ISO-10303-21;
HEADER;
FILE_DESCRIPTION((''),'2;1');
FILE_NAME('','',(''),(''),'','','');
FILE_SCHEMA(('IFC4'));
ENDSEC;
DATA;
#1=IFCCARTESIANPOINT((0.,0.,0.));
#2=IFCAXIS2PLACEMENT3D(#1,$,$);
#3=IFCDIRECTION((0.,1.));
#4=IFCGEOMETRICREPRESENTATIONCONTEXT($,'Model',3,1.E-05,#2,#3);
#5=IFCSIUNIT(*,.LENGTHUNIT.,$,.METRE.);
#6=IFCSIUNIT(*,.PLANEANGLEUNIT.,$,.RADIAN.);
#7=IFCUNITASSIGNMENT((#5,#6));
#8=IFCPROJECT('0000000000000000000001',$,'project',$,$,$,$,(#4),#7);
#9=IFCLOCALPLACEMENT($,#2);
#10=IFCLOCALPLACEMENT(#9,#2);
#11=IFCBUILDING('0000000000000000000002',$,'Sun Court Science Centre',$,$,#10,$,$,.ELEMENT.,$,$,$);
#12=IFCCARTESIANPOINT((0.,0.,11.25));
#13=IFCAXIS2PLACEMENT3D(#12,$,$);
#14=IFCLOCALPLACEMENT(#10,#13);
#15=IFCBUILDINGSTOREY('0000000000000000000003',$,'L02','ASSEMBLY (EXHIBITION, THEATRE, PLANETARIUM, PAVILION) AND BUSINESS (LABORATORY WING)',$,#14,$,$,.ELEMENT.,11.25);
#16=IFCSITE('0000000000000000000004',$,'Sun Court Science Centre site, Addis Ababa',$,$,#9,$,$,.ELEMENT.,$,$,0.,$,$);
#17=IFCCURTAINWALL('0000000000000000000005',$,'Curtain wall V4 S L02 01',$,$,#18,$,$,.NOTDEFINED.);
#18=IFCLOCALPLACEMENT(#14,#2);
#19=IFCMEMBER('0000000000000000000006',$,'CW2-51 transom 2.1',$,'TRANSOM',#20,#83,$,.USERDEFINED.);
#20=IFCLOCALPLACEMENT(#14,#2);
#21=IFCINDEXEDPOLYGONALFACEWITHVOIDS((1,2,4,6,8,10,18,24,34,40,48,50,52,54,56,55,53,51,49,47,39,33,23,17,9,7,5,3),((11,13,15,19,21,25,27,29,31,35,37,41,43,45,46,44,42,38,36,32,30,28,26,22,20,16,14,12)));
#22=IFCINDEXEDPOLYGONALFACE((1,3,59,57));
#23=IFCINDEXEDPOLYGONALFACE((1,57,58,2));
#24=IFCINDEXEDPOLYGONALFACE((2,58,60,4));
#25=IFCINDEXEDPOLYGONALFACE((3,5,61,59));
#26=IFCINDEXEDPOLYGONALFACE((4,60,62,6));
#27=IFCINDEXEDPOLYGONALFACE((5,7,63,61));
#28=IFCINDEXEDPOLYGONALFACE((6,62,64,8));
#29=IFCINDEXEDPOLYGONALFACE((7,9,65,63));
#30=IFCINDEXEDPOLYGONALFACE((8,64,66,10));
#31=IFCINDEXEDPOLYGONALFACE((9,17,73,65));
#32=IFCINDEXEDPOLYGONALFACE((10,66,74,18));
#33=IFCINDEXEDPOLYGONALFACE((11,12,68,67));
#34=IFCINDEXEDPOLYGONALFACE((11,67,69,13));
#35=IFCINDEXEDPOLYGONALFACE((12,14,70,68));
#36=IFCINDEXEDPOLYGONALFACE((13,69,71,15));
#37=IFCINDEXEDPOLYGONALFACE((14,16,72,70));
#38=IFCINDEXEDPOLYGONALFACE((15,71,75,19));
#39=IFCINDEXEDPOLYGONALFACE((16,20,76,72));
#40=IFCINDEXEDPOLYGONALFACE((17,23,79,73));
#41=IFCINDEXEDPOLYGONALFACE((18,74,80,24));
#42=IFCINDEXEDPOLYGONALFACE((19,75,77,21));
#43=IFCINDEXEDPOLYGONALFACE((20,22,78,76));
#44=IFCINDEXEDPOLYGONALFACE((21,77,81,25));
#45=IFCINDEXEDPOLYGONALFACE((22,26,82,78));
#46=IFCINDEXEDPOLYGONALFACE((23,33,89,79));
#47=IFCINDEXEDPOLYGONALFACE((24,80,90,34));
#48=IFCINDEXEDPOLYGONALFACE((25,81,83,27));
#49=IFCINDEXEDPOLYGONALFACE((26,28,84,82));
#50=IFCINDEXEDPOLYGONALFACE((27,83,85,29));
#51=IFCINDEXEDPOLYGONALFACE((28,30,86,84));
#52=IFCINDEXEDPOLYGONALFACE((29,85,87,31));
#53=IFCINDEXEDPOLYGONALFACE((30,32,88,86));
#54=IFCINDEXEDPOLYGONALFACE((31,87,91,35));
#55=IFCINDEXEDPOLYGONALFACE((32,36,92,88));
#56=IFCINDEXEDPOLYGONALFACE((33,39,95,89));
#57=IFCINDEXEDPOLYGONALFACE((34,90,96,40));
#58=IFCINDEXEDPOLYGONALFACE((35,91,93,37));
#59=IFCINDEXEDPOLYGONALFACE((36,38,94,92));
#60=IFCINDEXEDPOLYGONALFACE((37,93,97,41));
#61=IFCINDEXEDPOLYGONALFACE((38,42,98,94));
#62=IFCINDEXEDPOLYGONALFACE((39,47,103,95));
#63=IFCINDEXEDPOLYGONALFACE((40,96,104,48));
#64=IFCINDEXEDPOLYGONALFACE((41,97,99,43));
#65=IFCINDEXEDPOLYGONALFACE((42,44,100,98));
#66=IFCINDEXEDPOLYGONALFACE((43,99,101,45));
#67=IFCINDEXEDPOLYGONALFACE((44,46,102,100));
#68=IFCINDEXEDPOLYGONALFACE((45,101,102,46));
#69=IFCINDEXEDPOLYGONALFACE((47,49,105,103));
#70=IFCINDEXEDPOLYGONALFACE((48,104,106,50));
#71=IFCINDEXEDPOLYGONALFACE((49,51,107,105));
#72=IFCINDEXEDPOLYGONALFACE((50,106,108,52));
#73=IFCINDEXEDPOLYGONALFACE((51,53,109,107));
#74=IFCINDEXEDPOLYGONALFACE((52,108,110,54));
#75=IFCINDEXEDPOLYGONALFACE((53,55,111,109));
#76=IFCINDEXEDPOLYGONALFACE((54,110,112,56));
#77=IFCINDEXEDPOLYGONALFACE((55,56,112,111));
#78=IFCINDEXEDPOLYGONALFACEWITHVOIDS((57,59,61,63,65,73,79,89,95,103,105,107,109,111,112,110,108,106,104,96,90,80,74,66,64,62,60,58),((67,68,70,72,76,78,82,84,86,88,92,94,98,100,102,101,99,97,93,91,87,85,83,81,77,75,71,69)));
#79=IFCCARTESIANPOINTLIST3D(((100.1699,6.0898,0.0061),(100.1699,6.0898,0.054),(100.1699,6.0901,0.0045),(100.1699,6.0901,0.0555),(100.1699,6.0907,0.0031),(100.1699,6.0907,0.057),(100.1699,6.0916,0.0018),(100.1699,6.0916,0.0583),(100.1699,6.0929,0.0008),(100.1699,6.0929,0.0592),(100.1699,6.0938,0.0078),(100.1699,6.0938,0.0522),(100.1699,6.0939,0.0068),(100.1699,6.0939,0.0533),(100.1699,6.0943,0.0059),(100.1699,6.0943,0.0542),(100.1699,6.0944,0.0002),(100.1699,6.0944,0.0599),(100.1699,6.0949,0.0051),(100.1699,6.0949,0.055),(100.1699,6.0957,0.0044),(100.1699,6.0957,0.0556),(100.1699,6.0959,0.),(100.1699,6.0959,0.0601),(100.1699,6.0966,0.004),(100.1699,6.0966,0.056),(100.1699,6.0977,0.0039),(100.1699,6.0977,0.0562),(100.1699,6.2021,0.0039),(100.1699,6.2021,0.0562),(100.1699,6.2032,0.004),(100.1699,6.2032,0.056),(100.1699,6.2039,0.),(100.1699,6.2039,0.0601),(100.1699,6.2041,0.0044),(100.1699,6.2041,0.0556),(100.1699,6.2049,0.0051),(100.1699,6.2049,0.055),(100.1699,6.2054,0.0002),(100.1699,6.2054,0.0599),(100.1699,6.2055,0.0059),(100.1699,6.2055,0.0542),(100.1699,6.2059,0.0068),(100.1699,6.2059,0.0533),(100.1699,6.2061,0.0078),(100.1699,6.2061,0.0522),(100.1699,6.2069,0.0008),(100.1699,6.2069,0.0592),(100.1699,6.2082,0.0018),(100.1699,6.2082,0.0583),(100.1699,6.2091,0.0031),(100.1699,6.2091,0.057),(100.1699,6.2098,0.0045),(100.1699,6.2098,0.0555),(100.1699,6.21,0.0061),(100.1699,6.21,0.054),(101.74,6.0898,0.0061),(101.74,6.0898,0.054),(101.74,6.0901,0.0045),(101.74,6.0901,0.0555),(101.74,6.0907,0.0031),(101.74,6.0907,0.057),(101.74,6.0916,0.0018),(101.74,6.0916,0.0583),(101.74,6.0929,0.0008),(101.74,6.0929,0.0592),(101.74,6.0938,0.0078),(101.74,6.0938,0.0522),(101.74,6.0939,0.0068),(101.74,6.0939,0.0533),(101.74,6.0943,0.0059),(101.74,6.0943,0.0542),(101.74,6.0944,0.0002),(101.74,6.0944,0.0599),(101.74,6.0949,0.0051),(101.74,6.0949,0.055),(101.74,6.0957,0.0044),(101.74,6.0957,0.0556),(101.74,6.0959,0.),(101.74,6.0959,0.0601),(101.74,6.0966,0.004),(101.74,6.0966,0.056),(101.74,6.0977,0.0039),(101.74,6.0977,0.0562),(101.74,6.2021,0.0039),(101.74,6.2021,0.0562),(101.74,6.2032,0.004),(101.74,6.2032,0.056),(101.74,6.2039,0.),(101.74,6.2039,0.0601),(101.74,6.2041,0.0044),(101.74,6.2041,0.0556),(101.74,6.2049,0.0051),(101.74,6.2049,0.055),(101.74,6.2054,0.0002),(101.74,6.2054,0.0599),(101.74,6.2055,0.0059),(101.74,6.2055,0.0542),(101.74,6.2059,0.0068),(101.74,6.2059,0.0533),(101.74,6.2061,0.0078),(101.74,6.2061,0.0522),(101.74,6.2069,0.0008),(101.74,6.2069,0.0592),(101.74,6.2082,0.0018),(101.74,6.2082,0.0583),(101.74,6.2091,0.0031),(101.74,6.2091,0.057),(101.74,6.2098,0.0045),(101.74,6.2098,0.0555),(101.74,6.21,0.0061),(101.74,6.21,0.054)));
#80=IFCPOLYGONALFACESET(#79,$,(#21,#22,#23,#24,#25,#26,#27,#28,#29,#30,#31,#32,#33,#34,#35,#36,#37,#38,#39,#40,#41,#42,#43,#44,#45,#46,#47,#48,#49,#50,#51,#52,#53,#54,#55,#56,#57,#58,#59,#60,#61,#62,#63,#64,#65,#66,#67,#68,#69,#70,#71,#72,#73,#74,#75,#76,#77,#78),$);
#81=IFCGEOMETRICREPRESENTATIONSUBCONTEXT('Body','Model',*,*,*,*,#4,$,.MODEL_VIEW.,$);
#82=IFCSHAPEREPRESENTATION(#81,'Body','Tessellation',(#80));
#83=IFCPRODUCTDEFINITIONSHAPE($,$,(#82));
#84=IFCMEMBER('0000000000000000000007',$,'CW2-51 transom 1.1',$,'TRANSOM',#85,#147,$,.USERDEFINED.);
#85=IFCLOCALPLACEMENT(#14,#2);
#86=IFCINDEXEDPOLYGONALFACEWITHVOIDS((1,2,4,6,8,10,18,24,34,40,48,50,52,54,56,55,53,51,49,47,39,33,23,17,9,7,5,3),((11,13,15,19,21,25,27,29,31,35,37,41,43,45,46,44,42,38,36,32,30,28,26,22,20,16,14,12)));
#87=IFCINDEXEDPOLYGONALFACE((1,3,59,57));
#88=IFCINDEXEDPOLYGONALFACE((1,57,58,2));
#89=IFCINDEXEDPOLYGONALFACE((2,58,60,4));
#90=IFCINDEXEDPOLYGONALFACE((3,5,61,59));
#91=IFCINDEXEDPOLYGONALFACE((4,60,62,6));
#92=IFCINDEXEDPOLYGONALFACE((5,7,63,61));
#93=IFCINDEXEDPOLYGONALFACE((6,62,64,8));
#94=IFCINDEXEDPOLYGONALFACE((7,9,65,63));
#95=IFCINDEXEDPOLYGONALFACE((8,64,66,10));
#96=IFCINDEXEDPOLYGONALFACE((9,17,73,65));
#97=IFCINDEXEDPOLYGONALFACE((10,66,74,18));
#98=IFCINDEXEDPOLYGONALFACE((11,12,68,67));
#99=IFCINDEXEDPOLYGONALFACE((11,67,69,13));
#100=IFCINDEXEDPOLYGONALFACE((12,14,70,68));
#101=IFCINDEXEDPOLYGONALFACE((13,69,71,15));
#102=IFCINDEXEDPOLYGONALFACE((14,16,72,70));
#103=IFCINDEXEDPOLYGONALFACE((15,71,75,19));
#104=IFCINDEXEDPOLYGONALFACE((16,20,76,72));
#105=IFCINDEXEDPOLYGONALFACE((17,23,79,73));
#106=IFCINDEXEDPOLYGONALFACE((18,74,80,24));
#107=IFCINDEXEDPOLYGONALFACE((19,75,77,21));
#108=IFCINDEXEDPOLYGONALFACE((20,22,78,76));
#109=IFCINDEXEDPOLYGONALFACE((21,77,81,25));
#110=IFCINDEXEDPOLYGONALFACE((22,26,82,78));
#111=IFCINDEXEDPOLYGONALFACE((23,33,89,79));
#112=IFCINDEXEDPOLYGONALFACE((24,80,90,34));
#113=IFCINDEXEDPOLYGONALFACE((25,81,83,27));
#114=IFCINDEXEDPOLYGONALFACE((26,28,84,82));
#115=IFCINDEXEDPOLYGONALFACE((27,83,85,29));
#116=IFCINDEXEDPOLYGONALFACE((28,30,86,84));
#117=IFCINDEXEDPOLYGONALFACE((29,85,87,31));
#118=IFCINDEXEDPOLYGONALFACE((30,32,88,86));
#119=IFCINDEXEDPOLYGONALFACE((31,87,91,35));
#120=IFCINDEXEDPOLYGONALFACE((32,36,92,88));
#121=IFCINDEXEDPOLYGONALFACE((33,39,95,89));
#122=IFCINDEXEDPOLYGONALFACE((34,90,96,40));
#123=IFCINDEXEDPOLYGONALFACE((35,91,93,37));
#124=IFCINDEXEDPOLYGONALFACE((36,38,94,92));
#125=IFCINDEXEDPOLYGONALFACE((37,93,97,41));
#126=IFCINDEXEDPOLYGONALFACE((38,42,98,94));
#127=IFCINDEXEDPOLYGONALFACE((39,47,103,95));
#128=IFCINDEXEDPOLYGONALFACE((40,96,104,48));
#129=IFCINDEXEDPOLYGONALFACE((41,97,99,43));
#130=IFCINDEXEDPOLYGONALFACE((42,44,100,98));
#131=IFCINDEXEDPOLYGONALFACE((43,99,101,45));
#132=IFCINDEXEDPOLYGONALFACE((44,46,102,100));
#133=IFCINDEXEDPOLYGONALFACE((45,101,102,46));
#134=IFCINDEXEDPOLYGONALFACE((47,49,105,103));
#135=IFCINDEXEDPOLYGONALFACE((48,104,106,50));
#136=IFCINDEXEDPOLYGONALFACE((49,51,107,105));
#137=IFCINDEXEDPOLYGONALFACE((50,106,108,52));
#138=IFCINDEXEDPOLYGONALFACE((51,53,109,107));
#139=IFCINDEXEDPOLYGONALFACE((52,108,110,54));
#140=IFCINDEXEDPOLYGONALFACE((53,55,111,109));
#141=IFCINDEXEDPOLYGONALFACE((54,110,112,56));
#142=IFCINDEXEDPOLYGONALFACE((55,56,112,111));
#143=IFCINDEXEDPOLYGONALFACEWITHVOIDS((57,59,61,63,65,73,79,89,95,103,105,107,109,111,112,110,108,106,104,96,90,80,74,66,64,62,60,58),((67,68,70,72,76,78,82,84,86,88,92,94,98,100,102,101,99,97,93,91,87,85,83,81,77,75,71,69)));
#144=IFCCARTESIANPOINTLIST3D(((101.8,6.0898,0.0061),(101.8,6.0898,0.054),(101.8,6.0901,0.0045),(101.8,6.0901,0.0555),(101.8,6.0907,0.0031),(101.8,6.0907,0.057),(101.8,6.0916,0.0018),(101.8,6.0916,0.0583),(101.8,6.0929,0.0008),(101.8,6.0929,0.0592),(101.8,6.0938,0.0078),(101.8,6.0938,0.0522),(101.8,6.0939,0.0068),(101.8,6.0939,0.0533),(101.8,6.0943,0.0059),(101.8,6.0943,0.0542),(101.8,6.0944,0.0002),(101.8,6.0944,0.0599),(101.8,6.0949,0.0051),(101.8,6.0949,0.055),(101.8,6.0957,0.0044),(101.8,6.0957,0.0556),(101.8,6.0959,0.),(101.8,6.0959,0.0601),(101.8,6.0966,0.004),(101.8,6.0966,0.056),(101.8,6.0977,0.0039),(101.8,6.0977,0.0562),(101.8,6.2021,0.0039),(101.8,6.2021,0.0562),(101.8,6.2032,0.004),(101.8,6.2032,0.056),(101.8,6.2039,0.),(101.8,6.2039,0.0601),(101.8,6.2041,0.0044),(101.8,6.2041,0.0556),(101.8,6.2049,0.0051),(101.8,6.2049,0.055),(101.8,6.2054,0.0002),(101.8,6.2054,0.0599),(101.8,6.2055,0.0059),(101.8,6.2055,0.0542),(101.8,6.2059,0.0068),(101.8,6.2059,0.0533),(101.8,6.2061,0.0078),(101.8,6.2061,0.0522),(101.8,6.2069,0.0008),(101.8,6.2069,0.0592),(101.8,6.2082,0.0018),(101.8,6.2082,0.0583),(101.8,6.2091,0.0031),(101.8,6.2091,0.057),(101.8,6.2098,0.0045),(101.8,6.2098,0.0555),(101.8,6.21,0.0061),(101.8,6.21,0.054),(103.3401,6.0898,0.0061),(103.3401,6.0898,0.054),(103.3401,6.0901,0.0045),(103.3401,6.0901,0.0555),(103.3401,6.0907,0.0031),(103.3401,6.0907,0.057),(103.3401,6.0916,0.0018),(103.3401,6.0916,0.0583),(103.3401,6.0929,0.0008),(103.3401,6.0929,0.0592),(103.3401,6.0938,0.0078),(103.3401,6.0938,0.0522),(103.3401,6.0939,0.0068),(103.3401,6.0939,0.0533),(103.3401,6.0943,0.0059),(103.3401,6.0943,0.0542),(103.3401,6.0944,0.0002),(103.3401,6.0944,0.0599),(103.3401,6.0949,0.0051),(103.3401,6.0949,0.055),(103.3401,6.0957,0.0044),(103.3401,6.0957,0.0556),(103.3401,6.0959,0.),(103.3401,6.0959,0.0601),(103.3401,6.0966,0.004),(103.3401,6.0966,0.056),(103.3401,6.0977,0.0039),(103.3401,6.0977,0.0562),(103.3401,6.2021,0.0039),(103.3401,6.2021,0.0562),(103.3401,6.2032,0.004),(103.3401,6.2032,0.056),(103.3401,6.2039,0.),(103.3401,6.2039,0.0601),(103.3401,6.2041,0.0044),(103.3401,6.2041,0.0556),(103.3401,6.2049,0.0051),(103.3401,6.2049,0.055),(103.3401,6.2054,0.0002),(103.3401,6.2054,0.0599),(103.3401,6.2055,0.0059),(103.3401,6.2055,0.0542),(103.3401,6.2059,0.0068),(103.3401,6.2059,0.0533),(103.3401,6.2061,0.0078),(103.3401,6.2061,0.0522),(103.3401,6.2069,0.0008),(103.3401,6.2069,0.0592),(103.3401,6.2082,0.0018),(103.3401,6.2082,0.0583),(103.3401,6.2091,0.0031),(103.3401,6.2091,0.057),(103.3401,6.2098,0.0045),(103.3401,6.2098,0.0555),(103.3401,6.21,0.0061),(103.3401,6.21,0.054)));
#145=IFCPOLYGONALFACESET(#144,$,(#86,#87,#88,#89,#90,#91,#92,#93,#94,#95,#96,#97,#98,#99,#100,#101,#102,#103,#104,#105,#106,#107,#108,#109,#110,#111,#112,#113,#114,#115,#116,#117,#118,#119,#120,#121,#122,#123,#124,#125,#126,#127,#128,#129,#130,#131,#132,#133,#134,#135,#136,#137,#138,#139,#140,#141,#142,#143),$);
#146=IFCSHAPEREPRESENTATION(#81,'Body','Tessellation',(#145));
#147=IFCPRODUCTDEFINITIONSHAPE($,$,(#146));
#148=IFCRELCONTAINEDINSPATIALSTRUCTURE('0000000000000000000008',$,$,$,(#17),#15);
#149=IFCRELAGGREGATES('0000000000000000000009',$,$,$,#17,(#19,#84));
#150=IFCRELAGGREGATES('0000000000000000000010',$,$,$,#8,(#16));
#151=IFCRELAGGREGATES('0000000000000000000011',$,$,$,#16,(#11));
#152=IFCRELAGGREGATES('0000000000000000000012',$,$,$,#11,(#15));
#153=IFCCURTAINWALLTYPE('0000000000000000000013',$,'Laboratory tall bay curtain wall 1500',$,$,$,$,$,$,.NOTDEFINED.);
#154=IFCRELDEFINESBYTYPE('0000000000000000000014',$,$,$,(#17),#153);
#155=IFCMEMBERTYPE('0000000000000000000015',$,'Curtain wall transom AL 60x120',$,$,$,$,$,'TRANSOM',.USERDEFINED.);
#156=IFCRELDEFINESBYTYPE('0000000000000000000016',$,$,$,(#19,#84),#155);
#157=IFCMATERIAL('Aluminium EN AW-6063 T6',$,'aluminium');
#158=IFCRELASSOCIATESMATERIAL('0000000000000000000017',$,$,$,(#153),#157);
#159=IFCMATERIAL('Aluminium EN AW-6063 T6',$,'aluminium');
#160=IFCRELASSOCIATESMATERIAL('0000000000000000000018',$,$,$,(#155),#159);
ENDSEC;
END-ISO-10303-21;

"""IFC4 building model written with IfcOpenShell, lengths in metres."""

from ifc_helpers import new_model, si_unit, direction, frame, origin, origin_2d, place, context, subcontext, project, spatial, hollow_rectangle, extrude, material, material_profile, profile_set, type_object, element, aggregate, save


model = new_model("IFC4")

# Units and contexts
model_context = context("Model", 3, precision=1e-05, world=origin(), true_north=direction((0.0, 1.0)))
body_context = subcontext(model_context, "Body", "Model", "MODEL_VIEW")
ifc_project = project(units=[si_unit("LENGTHUNIT", "METRE"), si_unit("PLANEANGLEUNIT", "RADIAN")], contexts=[model_context])

# Site, building, storey
site_placement = place(None, origin())
site = spatial("IfcSite", under=ifc_project, at=site_placement, Name="Sun Court Science Centre site, Addis Ababa", CompositionType="ELEMENT", RefElevation=0.0)
building_placement = place(site_placement, origin())
building = spatial("IfcBuilding", under=site, at=building_placement, Name="Sun Court Science Centre", CompositionType="ELEMENT")
storey_placement = place(building_placement, frame((0.0, 0.0, 11.25)))
storey = spatial("IfcBuildingStorey", under=building, at=storey_placement, Name="L02", Description="ASSEMBLY (EXHIBITION, THEATRE, PLANETARIUM, PAVILION) AND BUSINESS (LABORATORY WING)", CompositionType="ELEMENT", Elevation=11.25)

# Curtain wall, members
ifc_material_1 = material(Name="Aluminium EN AW-6063 T6", Category="aluminium")
curtain_wall_type = type_object("IfcCurtainWallType", Name="Laboratory tall bay curtain wall 1500", PredefinedType="NOTDEFINED", material=ifc_material_1)
curtain_wall_placement = place(storey_placement, origin())
curtain_wall = element("IfcCurtainWall", 1, at=curtain_wall_placement, inside=storey, type_object=curtain_wall_type, Name="Curtain wall V4 S L02 01", PredefinedType="NOTDEFINED")
ifc_material_2 = material(Name="Aluminium EN AW-6063 T6", Category="aluminium")
ifc_material_profile_1 = material_profile(ifc_material_2, hollow_rectangle(XDim=0.0601, YDim=0.1201, WallThickness=0.0039, InnerFilletRadius=0.0039, OuterFilletRadius=0.0061, at=origin_2d()), Name="AL 60x120x4")
ifc_profile_set_1 = profile_set([ifc_material_profile_1], Name="Aluminium EN AW-6063 T6")
member_type_1 = type_object("IfcMemberType", Name="Curtain wall transom AL 60x120", ElementType="TRANSOM", PredefinedType="USERDEFINED", material=ifc_profile_set_1)
member_1_placement = place(storey_placement, frame((101.74, 6.1499, 0.03), z_axis=(-1.0, 0.0, 0.0), x_axis=(0.0, 0.0, 1.0)))
member_1 = element("IfcMember", 2, at=member_1_placement, type_object=member_type_1, Name="CW2-51 transom 2.1", ObjectType="TRANSOM", PredefinedType="USERDEFINED", context=body_context, shape_type="SweptSolid", body=[
    extrude(hollow_rectangle(XDim=0.0601, YDim=0.1201, WallThickness=0.0039, InnerFilletRadius=0.0039, OuterFilletRadius=0.0061, at=origin_2d()), origin(), (0.0, 0.0, 1.0), 1.5701),
])
member_2_placement = place(storey_placement, frame((103.3401, 6.1499, 0.03), z_axis=(-1.0, 0.0, 0.0), x_axis=(0.0, 0.0, 1.0)))
member_2 = element("IfcMember", 3, at=member_2_placement, type_object=member_type_1, Name="CW2-51 transom 1.1", ObjectType="TRANSOM", PredefinedType="USERDEFINED", context=body_context, shape_type="SweptSolid", body=[
    extrude(hollow_rectangle(XDim=0.0601, YDim=0.1201, WallThickness=0.0039, InnerFilletRadius=0.0039, OuterFilletRadius=0.0061, at=origin_2d()), origin(), (0.0, 0.0, 1.0), 1.54),
])

aggregate(curtain_wall, [member_1, member_2])

save(model, "model.ifc")
